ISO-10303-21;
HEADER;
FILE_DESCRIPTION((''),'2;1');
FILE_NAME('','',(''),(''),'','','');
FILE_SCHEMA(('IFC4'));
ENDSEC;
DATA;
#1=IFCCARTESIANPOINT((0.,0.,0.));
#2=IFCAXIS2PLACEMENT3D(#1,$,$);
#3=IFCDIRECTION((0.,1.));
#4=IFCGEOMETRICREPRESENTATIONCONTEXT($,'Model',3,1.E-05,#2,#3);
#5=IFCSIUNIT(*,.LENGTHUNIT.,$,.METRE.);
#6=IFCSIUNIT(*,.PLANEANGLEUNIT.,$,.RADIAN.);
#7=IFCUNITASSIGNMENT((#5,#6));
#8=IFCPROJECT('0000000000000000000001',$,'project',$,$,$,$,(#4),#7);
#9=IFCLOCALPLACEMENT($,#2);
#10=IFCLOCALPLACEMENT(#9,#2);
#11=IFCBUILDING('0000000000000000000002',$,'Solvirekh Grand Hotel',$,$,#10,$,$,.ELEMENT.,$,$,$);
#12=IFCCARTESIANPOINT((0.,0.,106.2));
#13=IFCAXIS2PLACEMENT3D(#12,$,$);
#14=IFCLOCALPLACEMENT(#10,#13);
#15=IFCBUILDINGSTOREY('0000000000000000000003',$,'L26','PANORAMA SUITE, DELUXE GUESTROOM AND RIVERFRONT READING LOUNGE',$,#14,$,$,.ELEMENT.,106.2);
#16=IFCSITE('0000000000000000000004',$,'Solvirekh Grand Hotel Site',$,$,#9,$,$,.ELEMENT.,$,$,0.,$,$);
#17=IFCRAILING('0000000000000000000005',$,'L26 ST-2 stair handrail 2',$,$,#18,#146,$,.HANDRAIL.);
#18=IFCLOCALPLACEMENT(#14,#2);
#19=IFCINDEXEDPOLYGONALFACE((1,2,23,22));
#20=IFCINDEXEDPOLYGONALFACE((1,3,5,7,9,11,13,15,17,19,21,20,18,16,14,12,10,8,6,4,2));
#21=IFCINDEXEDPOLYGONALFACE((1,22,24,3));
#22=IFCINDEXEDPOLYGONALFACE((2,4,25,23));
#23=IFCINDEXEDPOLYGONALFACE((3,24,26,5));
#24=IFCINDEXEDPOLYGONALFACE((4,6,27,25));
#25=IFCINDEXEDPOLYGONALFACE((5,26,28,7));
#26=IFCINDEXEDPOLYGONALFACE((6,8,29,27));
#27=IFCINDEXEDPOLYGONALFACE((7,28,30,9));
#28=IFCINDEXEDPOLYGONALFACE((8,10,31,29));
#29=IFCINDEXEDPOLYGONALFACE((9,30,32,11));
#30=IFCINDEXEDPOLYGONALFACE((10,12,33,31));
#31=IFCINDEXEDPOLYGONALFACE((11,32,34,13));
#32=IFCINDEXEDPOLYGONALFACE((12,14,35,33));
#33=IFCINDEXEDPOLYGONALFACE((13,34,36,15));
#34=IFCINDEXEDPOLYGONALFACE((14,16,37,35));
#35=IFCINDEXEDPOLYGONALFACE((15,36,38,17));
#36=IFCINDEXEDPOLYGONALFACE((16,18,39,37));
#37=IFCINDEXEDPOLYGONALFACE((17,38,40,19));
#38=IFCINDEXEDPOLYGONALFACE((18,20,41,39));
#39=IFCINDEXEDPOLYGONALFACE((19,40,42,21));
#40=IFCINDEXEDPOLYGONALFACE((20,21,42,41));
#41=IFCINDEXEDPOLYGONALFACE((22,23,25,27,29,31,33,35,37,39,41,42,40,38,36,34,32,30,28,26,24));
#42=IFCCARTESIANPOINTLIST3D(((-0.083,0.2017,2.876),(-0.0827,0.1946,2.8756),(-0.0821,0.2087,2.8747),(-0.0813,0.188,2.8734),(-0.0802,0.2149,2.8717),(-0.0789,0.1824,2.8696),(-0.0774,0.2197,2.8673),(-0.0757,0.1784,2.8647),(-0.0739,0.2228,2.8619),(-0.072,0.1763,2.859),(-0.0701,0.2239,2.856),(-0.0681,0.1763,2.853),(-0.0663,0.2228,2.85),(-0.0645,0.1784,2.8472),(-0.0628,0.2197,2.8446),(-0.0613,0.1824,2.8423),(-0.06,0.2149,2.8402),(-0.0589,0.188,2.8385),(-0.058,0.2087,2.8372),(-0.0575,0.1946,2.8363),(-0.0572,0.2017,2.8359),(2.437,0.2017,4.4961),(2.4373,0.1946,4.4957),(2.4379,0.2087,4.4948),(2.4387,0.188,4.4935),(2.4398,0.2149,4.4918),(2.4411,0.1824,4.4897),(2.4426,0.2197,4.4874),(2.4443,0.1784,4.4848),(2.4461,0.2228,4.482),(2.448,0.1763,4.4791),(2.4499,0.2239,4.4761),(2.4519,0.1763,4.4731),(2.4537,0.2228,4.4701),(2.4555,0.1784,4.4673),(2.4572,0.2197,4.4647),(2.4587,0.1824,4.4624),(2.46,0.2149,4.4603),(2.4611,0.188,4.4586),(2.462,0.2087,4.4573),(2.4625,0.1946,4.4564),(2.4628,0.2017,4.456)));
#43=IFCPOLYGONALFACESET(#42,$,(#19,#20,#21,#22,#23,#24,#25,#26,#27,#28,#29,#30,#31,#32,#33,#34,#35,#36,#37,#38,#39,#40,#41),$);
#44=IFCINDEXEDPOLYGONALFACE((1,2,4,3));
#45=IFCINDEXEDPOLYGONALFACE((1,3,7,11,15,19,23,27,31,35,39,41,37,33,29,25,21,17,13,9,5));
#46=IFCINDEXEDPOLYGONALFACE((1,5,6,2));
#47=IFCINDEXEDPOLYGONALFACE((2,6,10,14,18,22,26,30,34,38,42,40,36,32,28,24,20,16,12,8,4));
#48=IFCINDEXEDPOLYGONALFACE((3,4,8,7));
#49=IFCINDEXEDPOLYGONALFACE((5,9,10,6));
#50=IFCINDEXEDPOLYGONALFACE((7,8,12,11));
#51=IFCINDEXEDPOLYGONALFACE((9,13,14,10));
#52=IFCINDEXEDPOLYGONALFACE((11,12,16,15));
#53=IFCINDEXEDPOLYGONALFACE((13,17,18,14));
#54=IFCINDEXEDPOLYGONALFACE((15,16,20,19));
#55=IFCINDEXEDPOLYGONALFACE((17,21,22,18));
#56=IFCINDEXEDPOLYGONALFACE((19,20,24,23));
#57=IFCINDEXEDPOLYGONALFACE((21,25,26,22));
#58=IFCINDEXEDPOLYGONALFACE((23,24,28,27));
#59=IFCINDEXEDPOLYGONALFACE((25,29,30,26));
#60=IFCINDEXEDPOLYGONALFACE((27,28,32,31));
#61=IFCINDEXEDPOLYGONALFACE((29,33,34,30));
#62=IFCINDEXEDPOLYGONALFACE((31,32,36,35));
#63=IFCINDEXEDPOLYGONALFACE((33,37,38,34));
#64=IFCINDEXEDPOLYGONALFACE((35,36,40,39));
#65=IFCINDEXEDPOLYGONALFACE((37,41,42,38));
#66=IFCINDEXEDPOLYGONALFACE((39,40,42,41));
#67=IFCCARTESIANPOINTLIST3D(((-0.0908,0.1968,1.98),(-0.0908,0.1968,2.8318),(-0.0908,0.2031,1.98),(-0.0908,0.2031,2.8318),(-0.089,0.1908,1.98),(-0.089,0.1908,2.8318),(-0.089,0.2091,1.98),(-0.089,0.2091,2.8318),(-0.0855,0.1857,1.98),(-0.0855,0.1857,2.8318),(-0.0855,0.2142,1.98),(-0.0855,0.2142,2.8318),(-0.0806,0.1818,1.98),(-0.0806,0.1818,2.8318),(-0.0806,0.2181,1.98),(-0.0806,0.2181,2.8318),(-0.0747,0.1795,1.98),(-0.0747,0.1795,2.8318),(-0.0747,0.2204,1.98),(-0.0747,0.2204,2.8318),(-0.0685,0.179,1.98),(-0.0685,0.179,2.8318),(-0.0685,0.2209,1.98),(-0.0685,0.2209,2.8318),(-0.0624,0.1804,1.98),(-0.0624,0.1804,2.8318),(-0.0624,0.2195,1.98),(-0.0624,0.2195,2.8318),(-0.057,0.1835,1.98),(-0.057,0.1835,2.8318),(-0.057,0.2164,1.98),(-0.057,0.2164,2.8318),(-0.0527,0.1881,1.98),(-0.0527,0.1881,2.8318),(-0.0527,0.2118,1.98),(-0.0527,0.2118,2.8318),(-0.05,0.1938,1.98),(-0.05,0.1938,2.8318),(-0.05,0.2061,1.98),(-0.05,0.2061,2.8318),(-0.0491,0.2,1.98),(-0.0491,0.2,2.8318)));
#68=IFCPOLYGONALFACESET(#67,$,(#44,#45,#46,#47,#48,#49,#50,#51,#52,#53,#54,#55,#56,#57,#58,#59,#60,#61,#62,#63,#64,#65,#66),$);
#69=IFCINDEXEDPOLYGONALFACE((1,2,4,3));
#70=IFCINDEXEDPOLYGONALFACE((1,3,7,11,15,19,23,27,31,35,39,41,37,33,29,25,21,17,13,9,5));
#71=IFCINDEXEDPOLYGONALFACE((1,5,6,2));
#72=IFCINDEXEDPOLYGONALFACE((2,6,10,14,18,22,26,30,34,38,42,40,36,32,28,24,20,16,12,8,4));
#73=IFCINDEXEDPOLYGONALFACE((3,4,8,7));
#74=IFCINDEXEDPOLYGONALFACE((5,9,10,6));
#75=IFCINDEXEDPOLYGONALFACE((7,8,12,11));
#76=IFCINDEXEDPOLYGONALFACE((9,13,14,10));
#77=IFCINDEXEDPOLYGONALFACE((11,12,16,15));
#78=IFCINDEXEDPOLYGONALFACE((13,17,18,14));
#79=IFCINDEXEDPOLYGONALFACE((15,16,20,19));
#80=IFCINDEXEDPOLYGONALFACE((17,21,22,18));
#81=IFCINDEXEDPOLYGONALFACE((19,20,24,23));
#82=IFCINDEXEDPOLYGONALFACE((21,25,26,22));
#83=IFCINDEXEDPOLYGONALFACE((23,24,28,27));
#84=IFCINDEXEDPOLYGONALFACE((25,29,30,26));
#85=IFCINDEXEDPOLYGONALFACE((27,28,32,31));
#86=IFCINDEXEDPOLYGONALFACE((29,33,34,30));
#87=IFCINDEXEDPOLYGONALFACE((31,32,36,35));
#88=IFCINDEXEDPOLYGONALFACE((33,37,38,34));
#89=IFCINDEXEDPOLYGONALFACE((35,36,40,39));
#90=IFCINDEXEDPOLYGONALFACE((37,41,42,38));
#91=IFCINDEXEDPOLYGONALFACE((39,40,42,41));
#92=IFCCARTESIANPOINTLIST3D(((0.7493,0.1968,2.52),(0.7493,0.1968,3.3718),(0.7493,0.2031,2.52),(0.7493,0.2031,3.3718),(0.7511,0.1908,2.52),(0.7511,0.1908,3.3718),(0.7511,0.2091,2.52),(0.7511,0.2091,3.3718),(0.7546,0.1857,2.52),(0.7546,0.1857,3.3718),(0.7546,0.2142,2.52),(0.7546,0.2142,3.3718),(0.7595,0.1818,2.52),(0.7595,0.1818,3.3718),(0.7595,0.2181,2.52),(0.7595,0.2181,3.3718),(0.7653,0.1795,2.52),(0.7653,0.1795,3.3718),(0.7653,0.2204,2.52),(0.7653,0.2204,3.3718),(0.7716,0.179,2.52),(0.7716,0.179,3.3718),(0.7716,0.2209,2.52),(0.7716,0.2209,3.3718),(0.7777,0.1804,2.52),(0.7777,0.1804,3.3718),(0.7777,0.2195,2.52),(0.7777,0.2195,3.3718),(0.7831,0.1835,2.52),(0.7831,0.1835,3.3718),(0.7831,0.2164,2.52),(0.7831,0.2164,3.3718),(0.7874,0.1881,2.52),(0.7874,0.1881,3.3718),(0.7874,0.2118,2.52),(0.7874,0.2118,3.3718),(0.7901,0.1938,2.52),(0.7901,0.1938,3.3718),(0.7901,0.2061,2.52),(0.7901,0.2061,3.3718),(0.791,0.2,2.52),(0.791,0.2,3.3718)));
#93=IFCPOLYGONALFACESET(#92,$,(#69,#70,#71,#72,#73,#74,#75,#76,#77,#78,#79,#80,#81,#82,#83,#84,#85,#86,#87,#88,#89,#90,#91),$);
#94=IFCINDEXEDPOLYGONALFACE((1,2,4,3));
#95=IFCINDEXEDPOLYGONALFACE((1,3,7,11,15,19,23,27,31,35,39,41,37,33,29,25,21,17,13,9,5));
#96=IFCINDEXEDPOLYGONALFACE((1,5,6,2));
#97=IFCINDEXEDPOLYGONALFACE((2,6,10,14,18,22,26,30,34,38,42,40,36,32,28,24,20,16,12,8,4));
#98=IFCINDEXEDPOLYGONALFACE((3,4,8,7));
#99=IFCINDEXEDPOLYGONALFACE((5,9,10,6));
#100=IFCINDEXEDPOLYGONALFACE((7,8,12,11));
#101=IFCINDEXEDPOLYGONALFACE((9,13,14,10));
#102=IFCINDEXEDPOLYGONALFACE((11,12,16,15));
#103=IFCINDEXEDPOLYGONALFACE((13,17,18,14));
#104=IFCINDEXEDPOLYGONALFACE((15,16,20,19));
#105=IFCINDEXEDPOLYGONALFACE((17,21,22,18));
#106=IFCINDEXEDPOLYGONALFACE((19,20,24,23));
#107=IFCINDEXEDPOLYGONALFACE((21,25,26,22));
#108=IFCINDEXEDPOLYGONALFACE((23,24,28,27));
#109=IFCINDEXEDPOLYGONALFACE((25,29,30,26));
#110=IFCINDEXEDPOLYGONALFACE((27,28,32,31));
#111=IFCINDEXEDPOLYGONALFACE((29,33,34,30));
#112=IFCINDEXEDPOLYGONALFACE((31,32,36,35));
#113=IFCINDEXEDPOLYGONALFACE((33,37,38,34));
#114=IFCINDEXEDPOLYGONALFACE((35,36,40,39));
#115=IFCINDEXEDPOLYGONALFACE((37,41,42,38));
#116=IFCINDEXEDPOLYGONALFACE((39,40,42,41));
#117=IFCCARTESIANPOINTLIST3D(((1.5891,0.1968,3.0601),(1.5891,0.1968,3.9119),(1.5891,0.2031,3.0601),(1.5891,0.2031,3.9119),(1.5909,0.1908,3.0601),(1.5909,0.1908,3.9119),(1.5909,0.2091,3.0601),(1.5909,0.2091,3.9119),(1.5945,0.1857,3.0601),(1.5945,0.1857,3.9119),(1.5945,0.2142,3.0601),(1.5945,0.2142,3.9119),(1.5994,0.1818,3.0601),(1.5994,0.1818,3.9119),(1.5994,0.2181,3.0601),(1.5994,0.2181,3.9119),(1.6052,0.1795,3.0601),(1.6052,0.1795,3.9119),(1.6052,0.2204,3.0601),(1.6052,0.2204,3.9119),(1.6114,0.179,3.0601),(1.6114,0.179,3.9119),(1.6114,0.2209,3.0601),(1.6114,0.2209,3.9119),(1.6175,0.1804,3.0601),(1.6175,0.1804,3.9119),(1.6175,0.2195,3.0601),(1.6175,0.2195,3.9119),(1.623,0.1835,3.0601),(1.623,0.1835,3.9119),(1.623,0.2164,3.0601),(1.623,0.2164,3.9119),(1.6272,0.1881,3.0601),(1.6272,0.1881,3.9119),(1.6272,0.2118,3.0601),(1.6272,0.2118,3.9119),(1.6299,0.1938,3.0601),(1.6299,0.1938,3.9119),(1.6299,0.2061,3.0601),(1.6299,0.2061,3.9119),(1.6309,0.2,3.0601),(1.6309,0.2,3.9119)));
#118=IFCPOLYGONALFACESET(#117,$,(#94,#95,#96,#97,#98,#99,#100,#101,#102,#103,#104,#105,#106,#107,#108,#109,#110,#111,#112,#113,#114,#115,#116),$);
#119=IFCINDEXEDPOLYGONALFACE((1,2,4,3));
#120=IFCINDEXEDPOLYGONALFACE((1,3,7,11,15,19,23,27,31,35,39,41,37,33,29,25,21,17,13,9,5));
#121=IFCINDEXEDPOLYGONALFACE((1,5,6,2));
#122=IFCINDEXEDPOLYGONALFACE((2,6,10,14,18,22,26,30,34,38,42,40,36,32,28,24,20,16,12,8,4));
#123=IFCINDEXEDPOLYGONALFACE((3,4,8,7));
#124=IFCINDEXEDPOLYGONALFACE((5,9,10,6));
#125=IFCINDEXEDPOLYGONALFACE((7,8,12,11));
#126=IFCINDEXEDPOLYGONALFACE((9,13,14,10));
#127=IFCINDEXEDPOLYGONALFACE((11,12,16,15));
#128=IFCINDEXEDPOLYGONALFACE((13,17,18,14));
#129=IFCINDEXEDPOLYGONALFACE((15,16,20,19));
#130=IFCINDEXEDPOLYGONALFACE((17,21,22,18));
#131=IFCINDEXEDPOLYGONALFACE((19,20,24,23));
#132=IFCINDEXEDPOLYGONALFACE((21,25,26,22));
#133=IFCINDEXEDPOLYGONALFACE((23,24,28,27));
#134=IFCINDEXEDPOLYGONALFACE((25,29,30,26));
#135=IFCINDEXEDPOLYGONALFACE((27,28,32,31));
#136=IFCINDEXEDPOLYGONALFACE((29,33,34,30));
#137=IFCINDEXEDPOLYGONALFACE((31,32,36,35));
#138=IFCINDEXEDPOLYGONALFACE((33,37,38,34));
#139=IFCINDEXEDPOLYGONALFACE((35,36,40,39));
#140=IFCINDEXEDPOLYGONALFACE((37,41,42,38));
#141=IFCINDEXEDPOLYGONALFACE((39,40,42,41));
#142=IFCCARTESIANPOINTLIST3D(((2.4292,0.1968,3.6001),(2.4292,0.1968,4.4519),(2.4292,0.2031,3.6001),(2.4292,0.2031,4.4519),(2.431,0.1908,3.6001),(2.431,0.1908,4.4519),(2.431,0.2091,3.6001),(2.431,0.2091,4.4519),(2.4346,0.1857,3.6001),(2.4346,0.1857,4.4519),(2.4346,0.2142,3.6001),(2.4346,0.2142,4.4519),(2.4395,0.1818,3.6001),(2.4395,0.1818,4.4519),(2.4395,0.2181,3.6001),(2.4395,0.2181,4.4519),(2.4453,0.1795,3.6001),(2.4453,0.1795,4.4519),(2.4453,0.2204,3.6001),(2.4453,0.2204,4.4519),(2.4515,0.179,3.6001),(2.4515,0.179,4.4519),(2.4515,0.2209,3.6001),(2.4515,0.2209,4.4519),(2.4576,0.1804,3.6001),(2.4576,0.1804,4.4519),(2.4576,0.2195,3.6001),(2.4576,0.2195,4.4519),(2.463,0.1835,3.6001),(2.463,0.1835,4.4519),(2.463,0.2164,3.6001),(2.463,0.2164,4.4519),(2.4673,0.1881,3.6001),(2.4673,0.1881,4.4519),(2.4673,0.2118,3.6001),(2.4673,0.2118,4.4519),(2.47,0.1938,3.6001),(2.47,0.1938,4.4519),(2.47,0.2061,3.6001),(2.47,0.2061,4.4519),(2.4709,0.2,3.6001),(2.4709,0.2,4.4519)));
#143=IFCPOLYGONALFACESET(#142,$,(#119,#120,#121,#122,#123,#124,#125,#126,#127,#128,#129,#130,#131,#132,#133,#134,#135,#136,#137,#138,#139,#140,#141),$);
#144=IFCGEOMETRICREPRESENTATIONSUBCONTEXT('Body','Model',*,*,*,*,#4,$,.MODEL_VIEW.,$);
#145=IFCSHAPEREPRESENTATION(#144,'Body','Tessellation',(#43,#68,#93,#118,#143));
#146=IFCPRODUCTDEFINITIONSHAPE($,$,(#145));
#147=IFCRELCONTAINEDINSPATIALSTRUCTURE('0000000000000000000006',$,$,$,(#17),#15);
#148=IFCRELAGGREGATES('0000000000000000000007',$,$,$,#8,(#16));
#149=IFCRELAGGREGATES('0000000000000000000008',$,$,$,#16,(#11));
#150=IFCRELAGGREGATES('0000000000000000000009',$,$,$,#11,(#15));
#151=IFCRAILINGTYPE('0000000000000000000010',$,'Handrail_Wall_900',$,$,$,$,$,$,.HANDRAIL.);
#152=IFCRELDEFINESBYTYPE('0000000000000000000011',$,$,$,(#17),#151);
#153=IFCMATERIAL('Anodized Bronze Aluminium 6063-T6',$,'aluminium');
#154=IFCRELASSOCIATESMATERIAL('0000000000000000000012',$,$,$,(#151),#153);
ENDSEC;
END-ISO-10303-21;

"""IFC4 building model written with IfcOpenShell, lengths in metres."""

from ifc_helpers import new_model, si_unit, direction, frame, origin, origin_2d, place, context, subcontext, project, spatial, circle, extrude, material, type_object, element, save


model = new_model("IFC4")

# Units and contexts
model_context = context("Model", 3, precision=1e-05, world=origin(), true_north=direction((0.0, 1.0)))
body_context = subcontext(model_context, "Body", "Model", "MODEL_VIEW")
ifc_project = project(units=[si_unit("LENGTHUNIT", "METRE"), si_unit("PLANEANGLEUNIT", "RADIAN")], contexts=[model_context])

# Site, building, storey
site_placement = place(None, origin())
site = spatial("IfcSite", under=ifc_project, at=site_placement, Name="Solvirekh Grand Hotel Site", CompositionType="ELEMENT", RefElevation=0.0)
building_placement = place(site_placement, origin())
building = spatial("IfcBuilding", under=site, at=building_placement, Name="Solvirekh Grand Hotel", CompositionType="ELEMENT")
storey_placement = place(building_placement, frame((0.0, 0.0, 106.2)))
storey = spatial("IfcBuildingStorey", under=building, at=storey_placement, Name="L26", Description="PANORAMA SUITE, DELUXE GUESTROOM AND RIVERFRONT READING LOUNGE", CompositionType="ELEMENT", Elevation=106.2)

# Shared definitions
ifc_material_1 = material(Name="Anodized Bronze Aluminium 6063-T6", Category="aluminium")

# Railing
railing_type_1 = type_object("IfcRailingType", Name="Handrail_Wall_900", PredefinedType="HANDRAIL", material=ifc_material_1)
railing_1_placement = place(storey_placement, frame((-0.0701, 0.2, 1.98)))
element("IfcRailing", 1, at=railing_1_placement, inside=storey, type_object=railing_type_1, Name="L26 ST-2 stair handrail 2", PredefinedType="HANDRAIL", context=body_context, shape_type="SweptSolid", body=[
    extrude(circle(Radius=0.0239, at=origin_2d()), frame((0.0, 0.0, 0.876), z_axis=(0.841163, 0.0, 0.540782), x_axis=(0.0, 1.0, 0.0)), (0.0, 0.0, 1.0), 2.9958),
    extrude(circle(Radius=0.021, at=origin_2d()), origin(), (0.0, 0.0, 1.0), 0.8518),
    extrude(circle(Radius=0.021, at=origin_2d()), frame((0.8401, 0.0, 0.54)), (0.0, 0.0, 1.0), 0.8518),
    extrude(circle(Radius=0.021, at=origin_2d()), frame((1.6799, 0.0, 1.0801)), (0.0, 0.0, 1.0), 0.8518),
    extrude(circle(Radius=0.021, at=origin_2d()), frame((2.52, 0.0, 1.6201)), (0.0, 0.0, 1.0), 0.8518),
])

save(model, "model.ifc")
